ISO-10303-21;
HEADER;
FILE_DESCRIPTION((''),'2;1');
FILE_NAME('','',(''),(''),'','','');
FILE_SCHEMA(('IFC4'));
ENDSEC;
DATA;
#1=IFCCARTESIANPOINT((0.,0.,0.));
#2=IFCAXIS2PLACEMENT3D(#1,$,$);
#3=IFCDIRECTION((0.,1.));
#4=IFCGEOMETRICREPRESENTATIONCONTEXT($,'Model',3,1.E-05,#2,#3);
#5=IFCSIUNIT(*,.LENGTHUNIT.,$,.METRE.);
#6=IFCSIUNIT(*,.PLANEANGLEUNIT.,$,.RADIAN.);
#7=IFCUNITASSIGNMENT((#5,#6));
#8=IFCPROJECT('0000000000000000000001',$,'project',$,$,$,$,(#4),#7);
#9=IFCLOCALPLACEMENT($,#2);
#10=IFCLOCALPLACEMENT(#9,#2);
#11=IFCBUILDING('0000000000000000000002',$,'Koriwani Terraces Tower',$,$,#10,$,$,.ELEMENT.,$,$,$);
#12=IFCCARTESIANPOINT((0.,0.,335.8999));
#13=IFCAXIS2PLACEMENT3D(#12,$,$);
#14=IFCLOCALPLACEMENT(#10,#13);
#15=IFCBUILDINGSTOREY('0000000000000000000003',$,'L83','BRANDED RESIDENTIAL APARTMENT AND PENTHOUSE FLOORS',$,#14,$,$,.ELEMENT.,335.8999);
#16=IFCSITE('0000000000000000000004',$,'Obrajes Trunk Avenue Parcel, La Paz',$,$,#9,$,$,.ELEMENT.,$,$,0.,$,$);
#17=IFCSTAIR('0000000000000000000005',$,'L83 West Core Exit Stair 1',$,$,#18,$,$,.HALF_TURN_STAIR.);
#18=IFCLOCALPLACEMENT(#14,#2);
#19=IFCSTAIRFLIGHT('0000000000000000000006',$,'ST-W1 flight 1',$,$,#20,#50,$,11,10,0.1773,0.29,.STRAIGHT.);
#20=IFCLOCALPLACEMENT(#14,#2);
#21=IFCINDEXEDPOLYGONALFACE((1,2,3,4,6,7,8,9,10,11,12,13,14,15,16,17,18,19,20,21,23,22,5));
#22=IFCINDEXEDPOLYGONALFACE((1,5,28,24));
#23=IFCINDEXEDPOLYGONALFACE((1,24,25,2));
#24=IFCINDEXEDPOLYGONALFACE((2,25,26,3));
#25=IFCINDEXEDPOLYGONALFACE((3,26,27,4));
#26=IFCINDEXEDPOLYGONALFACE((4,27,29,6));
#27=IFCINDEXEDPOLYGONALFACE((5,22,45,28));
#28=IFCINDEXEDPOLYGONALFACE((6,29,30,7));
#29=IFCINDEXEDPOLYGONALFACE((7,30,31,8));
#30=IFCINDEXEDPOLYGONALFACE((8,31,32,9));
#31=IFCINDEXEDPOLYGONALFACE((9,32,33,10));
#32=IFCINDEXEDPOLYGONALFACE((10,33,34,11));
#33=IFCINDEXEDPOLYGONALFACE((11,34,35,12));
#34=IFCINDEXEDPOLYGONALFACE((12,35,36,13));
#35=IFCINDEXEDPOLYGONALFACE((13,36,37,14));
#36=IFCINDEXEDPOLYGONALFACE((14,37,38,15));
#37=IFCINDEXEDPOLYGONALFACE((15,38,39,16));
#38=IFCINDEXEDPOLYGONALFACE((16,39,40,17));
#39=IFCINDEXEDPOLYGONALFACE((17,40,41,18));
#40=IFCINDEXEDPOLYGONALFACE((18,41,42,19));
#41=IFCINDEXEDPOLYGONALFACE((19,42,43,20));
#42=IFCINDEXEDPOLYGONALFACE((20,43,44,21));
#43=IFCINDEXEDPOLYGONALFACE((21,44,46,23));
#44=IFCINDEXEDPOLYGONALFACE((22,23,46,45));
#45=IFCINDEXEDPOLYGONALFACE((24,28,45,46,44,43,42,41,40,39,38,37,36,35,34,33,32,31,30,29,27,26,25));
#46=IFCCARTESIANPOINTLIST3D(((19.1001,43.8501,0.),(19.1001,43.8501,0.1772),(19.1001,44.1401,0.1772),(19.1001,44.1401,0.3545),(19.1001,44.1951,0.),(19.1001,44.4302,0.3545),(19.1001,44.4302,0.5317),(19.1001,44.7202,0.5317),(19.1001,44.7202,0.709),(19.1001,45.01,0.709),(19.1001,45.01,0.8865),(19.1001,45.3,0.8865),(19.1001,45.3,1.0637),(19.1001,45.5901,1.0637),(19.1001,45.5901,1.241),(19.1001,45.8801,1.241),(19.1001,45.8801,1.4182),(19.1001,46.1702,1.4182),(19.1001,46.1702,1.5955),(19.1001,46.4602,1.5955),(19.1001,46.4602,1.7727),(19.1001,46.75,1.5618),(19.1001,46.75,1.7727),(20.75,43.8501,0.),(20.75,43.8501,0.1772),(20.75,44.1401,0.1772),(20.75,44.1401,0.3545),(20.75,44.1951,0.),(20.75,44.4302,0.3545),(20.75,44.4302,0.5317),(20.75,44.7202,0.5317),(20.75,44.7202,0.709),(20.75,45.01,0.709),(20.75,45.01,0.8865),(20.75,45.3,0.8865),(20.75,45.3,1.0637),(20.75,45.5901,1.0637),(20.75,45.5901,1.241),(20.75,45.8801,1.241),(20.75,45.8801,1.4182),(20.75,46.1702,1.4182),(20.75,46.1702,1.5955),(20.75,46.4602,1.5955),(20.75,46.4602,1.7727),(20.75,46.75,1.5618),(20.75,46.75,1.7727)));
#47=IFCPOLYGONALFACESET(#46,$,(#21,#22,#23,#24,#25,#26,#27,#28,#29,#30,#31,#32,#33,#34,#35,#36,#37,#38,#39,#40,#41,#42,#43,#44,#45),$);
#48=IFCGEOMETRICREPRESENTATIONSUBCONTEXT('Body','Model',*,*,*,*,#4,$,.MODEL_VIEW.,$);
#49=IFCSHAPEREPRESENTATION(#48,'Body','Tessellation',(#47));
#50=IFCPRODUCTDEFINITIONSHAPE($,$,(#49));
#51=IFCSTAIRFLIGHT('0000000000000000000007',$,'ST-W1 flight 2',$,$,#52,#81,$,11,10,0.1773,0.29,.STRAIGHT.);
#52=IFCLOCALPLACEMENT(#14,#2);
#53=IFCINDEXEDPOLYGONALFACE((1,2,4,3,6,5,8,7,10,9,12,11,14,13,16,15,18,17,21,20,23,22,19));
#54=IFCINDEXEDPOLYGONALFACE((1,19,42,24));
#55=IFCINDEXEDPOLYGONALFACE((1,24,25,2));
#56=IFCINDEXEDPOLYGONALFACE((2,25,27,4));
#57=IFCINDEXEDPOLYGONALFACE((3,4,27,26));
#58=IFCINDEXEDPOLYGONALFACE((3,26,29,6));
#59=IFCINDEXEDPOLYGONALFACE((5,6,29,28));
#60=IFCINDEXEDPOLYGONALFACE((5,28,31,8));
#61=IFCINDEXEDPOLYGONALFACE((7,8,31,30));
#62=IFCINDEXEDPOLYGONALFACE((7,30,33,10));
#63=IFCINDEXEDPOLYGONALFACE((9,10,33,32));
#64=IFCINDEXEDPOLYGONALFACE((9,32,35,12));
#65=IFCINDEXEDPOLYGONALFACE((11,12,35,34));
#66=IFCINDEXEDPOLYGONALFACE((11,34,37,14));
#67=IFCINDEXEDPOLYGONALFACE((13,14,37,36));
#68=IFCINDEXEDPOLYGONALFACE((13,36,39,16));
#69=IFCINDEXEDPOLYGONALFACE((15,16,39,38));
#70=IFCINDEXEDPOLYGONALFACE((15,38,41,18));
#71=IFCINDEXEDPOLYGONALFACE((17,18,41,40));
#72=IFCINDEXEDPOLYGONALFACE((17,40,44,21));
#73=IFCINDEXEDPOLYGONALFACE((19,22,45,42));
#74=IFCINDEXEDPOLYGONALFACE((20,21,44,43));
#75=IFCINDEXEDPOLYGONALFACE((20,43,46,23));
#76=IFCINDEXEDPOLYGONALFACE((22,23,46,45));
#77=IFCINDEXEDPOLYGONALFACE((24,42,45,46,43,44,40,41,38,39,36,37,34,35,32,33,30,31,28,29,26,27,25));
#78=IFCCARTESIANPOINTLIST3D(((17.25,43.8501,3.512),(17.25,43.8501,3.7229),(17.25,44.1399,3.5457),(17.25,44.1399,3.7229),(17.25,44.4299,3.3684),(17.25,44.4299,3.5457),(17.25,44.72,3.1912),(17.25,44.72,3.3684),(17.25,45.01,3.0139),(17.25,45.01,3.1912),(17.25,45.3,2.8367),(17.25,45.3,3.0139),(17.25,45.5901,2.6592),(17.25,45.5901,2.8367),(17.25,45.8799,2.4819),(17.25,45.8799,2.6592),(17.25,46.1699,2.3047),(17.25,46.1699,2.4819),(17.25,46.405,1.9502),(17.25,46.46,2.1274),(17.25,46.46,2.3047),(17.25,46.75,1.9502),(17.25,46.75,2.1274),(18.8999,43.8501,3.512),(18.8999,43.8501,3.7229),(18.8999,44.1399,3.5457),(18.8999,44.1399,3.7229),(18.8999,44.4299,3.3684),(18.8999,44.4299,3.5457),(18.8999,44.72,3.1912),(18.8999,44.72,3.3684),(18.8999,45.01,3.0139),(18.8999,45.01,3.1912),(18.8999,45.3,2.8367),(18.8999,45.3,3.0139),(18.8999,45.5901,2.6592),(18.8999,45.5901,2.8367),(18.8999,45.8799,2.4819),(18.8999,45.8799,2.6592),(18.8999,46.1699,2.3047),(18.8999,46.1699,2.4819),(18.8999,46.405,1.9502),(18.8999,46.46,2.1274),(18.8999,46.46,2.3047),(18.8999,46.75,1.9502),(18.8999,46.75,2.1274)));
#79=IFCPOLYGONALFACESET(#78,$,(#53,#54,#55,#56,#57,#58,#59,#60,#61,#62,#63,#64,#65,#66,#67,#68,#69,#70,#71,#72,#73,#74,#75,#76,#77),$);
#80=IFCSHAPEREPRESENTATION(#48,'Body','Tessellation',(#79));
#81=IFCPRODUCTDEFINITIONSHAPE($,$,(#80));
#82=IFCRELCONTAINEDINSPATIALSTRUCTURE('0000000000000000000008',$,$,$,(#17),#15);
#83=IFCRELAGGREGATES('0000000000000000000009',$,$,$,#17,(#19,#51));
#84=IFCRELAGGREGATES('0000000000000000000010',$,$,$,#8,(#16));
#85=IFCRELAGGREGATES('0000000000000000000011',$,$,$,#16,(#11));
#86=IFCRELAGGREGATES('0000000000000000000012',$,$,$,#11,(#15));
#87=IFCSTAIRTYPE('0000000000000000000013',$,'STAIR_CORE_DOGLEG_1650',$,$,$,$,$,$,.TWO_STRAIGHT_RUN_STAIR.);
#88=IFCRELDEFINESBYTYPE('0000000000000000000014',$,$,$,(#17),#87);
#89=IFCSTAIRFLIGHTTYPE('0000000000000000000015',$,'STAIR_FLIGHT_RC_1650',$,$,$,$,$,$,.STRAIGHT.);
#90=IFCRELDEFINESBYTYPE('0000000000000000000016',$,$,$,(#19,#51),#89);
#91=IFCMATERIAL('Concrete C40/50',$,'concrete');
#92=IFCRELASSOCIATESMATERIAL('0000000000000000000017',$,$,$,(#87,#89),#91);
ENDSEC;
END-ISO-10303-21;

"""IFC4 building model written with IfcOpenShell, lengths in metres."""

from ifc_helpers import new_model, si_unit, direction, frame, origin, place, context, subcontext, project, spatial, polyline, outline, extrude, material, type_object, element, aggregate, save


model = new_model("IFC4")

# Units and contexts
model_context = context("Model", 3, precision=1e-05, world=origin(), true_north=direction((0.0, 1.0)))
body_context = subcontext(model_context, "Body", "Model", "MODEL_VIEW")
ifc_project = project(units=[si_unit("LENGTHUNIT", "METRE"), si_unit("PLANEANGLEUNIT", "RADIAN")], contexts=[model_context])

# Site, building, storey
site_placement = place(None, origin())
site = spatial("IfcSite", under=ifc_project, at=site_placement, Name="Obrajes Trunk Avenue Parcel, La Paz", CompositionType="ELEMENT", RefElevation=0.0)
building_placement = place(site_placement, origin())
building = spatial("IfcBuilding", under=site, at=building_placement, Name="Koriwani Terraces Tower", CompositionType="ELEMENT")
storey_placement = place(building_placement, frame((0.0, 0.0, 335.8999)))
storey = spatial("IfcBuildingStorey", under=building, at=storey_placement, Name="L83", Description="BRANDED RESIDENTIAL APARTMENT AND PENTHOUSE FLOORS", CompositionType="ELEMENT", Elevation=335.8999)

# Shared definitions
ifc_material_1 = material(Name="Concrete C40/50", Category="concrete")

# Stair, stair flights
stair_type = type_object("IfcStairType", Name="STAIR_CORE_DOGLEG_1650", PredefinedType="TWO_STRAIGHT_RUN_STAIR", material=ifc_material_1)
stair_placement = place(storey_placement, origin())
stair = element("IfcStair", 1, at=stair_placement, inside=storey, type_object=stair_type, Name="L83 West Core Exit Stair 1", PredefinedType="HALF_TURN_STAIR")
stair_flight_type = type_object("IfcStairFlightType", Name="STAIR_FLIGHT_RC_1650", PredefinedType="STRAIGHT", material=ifc_material_1)
stair_flight_1_placement = place(storey_placement, frame((19.925, 43.8501, 0.0), z_axis=(0.0, 0.0, 1.0), x_axis=(0.0, 1.0, 0.0)))
stair_flight_1 = element("IfcStairFlight", 2, at=stair_flight_1_placement, type_object=stair_flight_type, Name="ST-W1 flight 1", NumberOfRisers=11, NumberOfTreads=10, PredefinedType="STRAIGHT", RiserHeight=0.1773, TreadLength=0.29, context=body_context, shape_type="SweptSolid", body=[
    extrude(outline(polyline([(0.0, 0.0), (0.0, 0.1772), (0.29, 0.1772), (0.29, 0.3545), (0.5801, 0.3545), (0.5801, 0.5317), (0.8701, 0.5317), (0.8701, 0.709), (1.1599, 0.709), (1.1599, 0.8865), (1.45, 0.8865), (1.45, 1.0637), (1.74, 1.0637), (1.74, 1.241), (2.03, 1.241), (2.03, 1.4182), (2.3201, 1.4182), (2.3201, 1.5955), (2.6101, 1.5955), (2.6101, 1.7727), (2.8999, 1.7727), (2.8999, 1.95), (2.8999, 1.5618), (0.345, 0.0), (0.0, 0.0)])), frame((0.0, 0.825, 0.0), z_axis=(0.0, -1.0, 0.0), x_axis=(1.0, 0.0, 0.0)), (0.0, 0.0, 1.0), 1.6499),
])
stair_flight_2_placement = place(storey_placement, frame((18.075, 46.75, 1.9502), z_axis=(0.0, 0.0, 1.0), x_axis=(0.0, -1.0, 0.0)))
stair_flight_2 = element("IfcStairFlight", 3, at=stair_flight_2_placement, type_object=stair_flight_type, Name="ST-W1 flight 2", NumberOfRisers=11, NumberOfTreads=10, PredefinedType="STRAIGHT", RiserHeight=0.1773, TreadLength=0.29, context=body_context, shape_type="SweptSolid", body=[
    extrude(outline(polyline([(0.0, 0.0), (0.0, 0.1772), (0.29, 0.1772), (0.29, 0.3545), (0.5801, 0.3545), (0.5801, 0.5317), (0.8701, 0.5317), (0.8701, 0.709), (1.1599, 0.709), (1.1599, 0.8865), (1.45, 0.8865), (1.45, 1.0637), (1.74, 1.0637), (1.74, 1.241), (2.03, 1.241), (2.03, 1.4182), (2.3201, 1.4182), (2.3201, 1.5955), (2.6101, 1.5955), (2.6101, 1.7727), (2.8999, 1.7727), (2.8999, 1.95), (2.8999, 1.5618), (0.345, 0.0), (0.0, 0.0)])), frame((0.0, 0.825, 0.0), z_axis=(0.0, -1.0, 0.0), x_axis=(1.0, 0.0, 0.0)), (0.0, 0.0, 1.0), 1.6499),
])
aggregate(stair, [stair_flight_1, stair_flight_2])

save(model, "model.ifc")
